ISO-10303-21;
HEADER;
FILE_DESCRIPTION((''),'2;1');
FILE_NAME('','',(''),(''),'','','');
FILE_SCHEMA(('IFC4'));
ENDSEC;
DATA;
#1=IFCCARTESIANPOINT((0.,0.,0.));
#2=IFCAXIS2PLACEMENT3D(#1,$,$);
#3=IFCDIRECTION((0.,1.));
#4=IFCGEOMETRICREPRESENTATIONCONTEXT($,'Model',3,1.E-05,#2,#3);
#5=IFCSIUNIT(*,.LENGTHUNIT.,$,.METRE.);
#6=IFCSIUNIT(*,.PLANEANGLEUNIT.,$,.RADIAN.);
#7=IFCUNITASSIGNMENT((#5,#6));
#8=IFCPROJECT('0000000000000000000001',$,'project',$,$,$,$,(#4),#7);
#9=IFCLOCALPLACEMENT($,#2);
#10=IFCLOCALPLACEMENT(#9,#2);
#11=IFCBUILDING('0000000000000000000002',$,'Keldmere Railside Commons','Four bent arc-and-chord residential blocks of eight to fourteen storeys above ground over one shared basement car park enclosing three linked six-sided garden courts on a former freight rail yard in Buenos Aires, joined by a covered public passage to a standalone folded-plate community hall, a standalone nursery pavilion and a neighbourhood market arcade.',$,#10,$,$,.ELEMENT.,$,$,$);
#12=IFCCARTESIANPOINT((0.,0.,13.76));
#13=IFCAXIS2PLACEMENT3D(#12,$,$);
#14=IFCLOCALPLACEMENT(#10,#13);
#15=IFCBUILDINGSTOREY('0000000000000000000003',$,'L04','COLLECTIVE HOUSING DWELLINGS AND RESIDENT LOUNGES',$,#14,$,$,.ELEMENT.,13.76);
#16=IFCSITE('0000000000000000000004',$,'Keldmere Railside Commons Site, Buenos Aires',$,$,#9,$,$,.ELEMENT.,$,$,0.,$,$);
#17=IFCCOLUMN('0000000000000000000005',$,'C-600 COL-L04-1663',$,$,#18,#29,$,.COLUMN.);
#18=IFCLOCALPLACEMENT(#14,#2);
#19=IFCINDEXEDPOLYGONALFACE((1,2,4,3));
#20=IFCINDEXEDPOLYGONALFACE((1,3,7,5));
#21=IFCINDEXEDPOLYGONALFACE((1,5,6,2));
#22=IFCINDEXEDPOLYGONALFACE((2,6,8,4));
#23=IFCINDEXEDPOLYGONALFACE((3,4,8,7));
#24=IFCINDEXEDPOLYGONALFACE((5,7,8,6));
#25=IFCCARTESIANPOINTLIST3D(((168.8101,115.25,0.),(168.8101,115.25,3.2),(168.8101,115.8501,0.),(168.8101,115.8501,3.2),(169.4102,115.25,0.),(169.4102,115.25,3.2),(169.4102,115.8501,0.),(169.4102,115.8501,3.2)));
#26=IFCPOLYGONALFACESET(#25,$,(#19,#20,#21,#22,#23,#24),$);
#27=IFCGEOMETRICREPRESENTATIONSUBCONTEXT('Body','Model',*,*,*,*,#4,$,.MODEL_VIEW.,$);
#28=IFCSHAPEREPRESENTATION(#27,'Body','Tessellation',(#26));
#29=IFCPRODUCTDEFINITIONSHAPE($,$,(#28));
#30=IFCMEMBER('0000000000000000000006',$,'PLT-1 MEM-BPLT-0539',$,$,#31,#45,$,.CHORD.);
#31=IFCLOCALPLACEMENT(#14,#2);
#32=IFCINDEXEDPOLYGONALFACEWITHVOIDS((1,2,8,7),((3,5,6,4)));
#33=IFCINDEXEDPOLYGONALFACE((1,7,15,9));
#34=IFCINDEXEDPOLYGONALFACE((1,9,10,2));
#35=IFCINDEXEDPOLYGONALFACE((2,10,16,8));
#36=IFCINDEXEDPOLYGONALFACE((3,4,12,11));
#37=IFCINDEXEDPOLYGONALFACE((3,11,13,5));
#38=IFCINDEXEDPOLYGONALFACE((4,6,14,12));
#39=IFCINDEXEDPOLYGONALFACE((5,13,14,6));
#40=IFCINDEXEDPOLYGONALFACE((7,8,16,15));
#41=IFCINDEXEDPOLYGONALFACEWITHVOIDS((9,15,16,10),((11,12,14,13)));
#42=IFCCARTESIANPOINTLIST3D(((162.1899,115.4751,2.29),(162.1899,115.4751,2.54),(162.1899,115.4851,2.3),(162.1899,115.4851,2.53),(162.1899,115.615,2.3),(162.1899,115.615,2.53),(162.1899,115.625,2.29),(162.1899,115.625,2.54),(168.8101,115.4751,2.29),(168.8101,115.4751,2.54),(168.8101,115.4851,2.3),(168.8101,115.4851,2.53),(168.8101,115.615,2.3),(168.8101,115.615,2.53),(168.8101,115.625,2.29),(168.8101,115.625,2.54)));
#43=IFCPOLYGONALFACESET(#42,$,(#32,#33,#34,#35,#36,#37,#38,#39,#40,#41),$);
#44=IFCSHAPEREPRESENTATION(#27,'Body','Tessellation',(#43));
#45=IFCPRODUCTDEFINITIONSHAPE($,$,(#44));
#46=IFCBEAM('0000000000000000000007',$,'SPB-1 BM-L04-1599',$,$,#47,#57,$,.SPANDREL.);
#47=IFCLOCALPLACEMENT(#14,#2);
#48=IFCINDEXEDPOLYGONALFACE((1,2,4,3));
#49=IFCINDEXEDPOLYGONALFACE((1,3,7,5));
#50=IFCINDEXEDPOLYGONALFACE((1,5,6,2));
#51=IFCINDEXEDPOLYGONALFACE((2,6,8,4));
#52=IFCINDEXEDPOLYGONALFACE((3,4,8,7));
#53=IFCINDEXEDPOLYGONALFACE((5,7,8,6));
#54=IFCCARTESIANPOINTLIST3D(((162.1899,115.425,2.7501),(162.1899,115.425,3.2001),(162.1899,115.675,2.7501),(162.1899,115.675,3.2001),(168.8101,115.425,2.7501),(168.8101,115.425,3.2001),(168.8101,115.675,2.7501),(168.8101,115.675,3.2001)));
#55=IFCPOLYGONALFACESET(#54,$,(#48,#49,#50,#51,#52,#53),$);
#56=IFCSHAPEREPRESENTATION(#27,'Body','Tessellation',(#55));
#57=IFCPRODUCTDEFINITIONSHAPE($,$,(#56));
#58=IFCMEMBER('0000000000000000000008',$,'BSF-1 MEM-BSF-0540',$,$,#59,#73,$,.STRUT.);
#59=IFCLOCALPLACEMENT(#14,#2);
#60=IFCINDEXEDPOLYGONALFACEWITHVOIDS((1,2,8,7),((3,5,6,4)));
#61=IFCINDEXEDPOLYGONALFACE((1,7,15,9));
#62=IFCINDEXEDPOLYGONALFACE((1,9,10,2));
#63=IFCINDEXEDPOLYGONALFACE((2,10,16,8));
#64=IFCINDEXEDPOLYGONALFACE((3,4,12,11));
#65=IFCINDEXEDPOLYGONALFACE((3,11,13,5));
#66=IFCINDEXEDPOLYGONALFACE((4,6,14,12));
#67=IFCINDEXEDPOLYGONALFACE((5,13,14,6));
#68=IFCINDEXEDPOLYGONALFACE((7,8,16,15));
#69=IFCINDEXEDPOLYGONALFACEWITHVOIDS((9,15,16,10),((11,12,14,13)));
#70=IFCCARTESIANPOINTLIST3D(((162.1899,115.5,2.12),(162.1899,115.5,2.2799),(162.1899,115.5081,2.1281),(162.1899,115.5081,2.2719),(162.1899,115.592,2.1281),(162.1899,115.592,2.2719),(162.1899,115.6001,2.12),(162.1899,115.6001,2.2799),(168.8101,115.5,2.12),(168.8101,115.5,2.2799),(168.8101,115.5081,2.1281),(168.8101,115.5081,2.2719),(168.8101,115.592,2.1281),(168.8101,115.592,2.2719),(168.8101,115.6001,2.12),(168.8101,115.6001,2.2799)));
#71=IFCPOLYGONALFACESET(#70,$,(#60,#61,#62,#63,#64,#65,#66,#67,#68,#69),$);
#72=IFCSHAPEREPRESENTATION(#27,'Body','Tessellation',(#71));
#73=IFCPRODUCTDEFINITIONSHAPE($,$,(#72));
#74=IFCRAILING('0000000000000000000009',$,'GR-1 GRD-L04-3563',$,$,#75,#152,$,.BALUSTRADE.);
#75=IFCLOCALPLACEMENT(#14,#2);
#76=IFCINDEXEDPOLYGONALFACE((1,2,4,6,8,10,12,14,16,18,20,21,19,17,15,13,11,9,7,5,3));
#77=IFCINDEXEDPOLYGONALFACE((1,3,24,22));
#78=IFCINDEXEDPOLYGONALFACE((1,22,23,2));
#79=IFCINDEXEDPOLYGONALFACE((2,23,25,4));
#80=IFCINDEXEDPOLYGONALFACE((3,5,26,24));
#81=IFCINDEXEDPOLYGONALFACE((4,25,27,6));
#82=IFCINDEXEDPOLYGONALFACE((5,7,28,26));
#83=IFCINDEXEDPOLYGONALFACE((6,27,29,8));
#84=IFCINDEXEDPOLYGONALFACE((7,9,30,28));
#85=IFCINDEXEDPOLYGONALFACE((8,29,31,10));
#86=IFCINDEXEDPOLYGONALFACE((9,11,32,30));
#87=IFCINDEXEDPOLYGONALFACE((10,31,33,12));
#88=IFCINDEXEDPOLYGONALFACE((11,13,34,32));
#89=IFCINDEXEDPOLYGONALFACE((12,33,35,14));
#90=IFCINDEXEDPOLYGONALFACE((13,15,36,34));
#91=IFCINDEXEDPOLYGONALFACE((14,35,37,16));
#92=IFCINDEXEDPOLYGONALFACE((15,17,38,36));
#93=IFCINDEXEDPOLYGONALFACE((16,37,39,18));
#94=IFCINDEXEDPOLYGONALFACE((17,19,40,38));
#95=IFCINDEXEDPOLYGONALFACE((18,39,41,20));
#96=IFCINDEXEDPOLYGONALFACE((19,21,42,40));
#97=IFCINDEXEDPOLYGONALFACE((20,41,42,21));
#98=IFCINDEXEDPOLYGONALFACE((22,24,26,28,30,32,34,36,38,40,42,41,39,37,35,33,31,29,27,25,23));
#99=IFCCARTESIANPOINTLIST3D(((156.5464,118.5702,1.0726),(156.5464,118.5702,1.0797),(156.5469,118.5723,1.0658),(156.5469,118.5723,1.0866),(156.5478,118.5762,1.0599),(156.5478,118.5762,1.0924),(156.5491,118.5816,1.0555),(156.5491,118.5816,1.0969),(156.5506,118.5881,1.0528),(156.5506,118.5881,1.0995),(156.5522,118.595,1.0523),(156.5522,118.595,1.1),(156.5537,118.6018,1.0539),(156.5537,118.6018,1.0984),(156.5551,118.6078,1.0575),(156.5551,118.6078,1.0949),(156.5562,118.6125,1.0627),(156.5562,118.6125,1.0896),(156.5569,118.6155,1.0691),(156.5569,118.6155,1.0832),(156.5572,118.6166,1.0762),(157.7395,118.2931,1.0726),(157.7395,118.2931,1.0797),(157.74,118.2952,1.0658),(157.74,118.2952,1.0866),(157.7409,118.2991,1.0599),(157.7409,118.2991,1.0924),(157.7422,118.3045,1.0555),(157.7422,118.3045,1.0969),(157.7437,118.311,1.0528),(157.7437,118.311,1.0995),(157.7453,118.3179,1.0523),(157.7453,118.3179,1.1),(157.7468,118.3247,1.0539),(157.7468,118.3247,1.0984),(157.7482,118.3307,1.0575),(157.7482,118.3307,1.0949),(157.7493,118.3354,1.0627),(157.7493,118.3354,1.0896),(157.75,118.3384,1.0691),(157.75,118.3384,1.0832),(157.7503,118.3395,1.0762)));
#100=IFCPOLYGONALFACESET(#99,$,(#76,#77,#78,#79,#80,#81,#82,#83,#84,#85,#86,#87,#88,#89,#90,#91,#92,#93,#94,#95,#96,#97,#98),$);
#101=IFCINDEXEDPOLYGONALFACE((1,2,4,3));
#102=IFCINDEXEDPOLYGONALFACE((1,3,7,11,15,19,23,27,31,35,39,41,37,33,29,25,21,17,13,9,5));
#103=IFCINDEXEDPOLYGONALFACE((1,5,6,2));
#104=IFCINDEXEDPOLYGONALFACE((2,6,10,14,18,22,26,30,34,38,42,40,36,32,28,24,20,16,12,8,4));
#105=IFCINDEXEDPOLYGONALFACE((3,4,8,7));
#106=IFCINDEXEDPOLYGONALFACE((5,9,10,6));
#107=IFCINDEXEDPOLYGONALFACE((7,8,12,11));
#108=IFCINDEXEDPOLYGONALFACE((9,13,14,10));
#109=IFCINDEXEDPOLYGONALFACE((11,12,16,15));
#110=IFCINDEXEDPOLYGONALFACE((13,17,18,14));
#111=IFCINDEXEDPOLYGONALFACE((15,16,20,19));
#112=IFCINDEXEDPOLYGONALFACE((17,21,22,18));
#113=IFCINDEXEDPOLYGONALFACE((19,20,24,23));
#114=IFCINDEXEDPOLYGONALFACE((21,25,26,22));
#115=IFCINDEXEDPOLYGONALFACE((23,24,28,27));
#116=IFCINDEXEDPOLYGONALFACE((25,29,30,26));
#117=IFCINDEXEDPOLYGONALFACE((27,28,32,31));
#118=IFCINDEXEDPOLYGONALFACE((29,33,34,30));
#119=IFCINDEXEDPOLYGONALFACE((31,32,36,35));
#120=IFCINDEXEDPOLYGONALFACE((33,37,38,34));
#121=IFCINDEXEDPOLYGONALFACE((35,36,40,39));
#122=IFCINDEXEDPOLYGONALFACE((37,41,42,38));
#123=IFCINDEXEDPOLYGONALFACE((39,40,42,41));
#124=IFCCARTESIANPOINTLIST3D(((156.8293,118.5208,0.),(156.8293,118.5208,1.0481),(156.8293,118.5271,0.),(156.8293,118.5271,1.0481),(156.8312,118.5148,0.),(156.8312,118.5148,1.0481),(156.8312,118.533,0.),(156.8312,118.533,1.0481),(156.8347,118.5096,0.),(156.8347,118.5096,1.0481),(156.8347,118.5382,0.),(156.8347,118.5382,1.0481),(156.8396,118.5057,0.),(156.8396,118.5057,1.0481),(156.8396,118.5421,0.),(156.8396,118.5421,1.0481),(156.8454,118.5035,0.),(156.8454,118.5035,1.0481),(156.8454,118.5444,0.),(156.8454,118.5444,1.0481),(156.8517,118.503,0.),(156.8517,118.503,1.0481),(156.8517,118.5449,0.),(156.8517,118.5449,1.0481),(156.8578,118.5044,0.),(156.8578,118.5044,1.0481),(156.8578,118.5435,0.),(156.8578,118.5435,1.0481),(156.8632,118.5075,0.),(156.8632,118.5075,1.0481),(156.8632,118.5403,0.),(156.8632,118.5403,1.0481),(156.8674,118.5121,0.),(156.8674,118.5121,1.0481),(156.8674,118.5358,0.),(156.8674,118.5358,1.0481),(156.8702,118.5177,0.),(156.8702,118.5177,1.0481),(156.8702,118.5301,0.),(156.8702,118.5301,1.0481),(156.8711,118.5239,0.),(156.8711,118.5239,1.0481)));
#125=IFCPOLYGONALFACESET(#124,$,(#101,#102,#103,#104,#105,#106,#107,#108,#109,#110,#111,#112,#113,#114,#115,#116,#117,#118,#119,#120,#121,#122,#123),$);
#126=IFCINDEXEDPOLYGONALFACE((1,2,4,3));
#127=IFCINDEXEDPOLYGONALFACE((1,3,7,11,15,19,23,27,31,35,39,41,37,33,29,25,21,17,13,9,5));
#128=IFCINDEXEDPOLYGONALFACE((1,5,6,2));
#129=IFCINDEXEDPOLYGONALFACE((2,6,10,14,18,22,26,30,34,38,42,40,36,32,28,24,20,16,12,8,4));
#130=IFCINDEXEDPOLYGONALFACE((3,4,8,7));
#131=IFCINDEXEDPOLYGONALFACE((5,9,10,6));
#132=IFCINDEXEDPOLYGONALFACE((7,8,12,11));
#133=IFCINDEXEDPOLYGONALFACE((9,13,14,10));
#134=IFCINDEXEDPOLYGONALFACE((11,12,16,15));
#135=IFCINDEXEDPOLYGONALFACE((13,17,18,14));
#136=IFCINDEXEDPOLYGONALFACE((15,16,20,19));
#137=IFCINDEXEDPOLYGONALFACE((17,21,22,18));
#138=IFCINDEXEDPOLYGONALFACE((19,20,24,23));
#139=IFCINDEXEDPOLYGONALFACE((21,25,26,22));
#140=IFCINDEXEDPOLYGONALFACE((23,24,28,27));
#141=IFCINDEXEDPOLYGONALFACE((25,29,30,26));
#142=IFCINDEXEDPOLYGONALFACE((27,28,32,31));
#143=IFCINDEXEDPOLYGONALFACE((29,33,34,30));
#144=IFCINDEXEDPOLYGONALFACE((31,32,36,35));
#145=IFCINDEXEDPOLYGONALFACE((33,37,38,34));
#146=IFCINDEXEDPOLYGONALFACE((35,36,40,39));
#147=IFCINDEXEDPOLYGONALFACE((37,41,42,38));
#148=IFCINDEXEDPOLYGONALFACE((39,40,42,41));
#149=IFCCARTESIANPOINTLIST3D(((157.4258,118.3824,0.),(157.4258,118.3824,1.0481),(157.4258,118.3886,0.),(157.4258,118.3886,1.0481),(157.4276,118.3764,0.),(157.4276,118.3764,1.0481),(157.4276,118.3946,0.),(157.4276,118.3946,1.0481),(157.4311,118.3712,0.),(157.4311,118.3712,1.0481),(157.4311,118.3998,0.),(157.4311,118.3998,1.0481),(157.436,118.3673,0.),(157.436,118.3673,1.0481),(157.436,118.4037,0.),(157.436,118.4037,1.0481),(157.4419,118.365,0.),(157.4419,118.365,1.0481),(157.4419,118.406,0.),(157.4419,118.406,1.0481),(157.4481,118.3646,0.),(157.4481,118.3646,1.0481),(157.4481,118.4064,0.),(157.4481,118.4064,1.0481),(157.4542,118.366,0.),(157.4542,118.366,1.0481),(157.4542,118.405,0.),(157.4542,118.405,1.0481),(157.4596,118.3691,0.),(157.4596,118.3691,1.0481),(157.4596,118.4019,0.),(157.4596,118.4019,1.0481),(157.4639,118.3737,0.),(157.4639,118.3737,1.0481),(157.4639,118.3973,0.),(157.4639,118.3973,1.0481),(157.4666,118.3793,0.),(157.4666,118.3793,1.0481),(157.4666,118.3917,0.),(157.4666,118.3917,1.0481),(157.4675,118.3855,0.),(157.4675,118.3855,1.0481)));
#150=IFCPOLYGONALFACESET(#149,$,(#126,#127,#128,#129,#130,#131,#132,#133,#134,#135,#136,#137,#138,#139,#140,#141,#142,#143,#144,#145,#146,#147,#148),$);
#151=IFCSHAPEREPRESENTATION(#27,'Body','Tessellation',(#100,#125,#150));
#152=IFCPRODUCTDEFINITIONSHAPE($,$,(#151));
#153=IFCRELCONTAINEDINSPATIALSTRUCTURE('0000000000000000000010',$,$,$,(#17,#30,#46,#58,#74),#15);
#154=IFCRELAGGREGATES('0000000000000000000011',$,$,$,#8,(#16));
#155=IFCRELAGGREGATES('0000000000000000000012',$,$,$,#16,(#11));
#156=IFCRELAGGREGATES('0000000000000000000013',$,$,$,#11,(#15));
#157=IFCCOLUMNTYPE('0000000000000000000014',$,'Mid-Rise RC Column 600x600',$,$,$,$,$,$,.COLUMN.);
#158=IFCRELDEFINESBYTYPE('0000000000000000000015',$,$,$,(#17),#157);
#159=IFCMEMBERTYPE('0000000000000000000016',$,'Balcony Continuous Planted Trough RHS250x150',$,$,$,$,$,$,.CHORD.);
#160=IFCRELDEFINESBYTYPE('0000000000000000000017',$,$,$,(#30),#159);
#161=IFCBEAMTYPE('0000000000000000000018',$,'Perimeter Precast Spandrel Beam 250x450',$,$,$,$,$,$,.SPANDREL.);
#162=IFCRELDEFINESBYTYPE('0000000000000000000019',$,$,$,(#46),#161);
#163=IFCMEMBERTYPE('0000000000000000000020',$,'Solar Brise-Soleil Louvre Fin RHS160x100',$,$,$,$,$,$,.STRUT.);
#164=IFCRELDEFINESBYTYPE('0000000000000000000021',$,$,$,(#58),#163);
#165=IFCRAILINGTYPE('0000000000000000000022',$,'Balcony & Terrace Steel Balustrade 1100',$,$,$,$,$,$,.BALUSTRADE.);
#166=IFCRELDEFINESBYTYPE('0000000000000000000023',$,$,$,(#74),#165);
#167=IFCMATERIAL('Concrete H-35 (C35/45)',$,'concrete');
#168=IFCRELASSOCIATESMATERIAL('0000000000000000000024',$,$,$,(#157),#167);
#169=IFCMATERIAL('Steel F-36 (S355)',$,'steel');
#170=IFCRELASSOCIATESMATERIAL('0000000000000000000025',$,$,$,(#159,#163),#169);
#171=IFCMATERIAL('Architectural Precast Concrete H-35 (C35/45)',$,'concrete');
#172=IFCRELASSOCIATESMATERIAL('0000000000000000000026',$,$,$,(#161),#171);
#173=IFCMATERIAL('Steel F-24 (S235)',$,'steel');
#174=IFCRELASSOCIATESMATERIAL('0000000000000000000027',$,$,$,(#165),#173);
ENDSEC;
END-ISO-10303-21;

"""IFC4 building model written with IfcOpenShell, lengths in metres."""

from ifc_helpers import new_model, si_unit, direction, frame, origin, origin_2d, place, context, subcontext, project, spatial, rectangle, hollow_rectangle, circle, extrude, material, material_profile, profile_set, type_object, element, save


model = new_model("IFC4")

# Units and contexts
model_context = context("Model", 3, precision=1e-05, world=origin(), true_north=direction((0.0, 1.0)))
body_context = subcontext(model_context, "Body", "Model", "MODEL_VIEW")
ifc_project = project(units=[si_unit("LENGTHUNIT", "METRE"), si_unit("PLANEANGLEUNIT", "RADIAN")], contexts=[model_context])

# Site, building, storey
site_placement = place(None, origin())
site = spatial("IfcSite", under=ifc_project, at=site_placement, Name="Keldmere Railside Commons Site, Buenos Aires", CompositionType="ELEMENT", RefElevation=0.0)
building_placement = place(site_placement, origin())
building = spatial("IfcBuilding", under=site, at=building_placement, Name="Keldmere Railside Commons", Description="Four bent arc-and-chord residential blocks of eight to fourteen storeys above ground over one shared basement car park enclosing three linked six-sided garden courts on a former freight rail yard in Buenos Aires, joined by a covered public passage to a standalone folded-plate community hall, a standalone nursery pavilion and a neighbourhood market arcade.", CompositionType="ELEMENT")
storey_placement = place(building_placement, frame((0.0, 0.0, 13.76)))
storey = spatial("IfcBuildingStorey", under=building, at=storey_placement, Name="L04", Description="COLLECTIVE HOUSING DWELLINGS AND RESIDENT LOUNGES", CompositionType="ELEMENT", Elevation=13.76)

# Column
ifc_material_1 = material(Name="Concrete H-35 (C35/45)", Category="concrete")
ifc_material_profile_1 = material_profile(ifc_material_1, rectangle(XDim=0.6001, YDim=0.6001, at=origin_2d()), Name="RC-600x600")
ifc_profile_set_1 = profile_set([ifc_material_profile_1], Name="Concrete H-35 (C35/45)")
column_type = type_object("IfcColumnType", Name="Mid-Rise RC Column 600x600", PredefinedType="COLUMN", material=ifc_profile_set_1)
column_placement = place(storey_placement, frame((169.1101, 115.55, 0.0), z_axis=(0.0, 0.0, 1.0), x_axis=(1.0, 0.0, 0.0)))
element("IfcColumn", 1, at=column_placement, inside=storey, type_object=column_type, Name="C-600 COL-L04-1663", PredefinedType="COLUMN", context=body_context, shape_type="SweptSolid", body=[
    extrude(rectangle(XDim=0.6001, YDim=0.6001, at=origin_2d()), origin(), (0.0, 0.0, 1.0), 3.2),
])

# Member
ifc_material_2 = material(Name="Steel F-36 (S355)", Category="steel")
ifc_material_profile_2 = material_profile(ifc_material_2, hollow_rectangle(XDim=0.1499, YDim=0.25, WallThickness=0.01, at=origin_2d()), Name="RHS-250x150x10")
ifc_profile_set_2 = profile_set([ifc_material_profile_2], Name="Steel F-36 (S355)")
member_type_1 = type_object("IfcMemberType", Name="Balcony Continuous Planted Trough RHS250x150", PredefinedType="CHORD", material=ifc_profile_set_2)
member_1_placement = place(storey_placement, frame((162.1899, 115.55, 2.415), z_axis=(1.0, 0.0, 0.0), x_axis=(0.0, 1.0, 0.0)))
element("IfcMember", 2, at=member_1_placement, inside=storey, type_object=member_type_1, Name="PLT-1 MEM-BPLT-0539", PredefinedType="CHORD", context=body_context, shape_type="SweptSolid", body=[
    extrude(hollow_rectangle(XDim=0.1499, YDim=0.25, WallThickness=0.01, at=origin_2d()), origin(), (0.0, 0.0, 1.0), 6.6201),
])

# Beam
ifc_material_3 = material(Name="Architectural Precast Concrete H-35 (C35/45)", Category="concrete")
ifc_material_profile_3 = material_profile(ifc_material_3, rectangle(XDim=0.25, YDim=0.45, at=origin_2d()), Name="RC-250x450")
ifc_profile_set_3 = profile_set([ifc_material_profile_3], Name="Architectural Precast Concrete H-35 (C35/45)")
beam_type = type_object("IfcBeamType", Name="Perimeter Precast Spandrel Beam 250x450", PredefinedType="SPANDREL", material=ifc_profile_set_3)
beam_placement = place(storey_placement, frame((162.1899, 115.55, 2.9751), z_axis=(1.0, 0.0, 0.0), x_axis=(0.0, 1.0, 0.0)))
element("IfcBeam", 3, at=beam_placement, inside=storey, type_object=beam_type, Name="SPB-1 BM-L04-1599", PredefinedType="SPANDREL", context=body_context, shape_type="SweptSolid", body=[
    extrude(rectangle(XDim=0.25, YDim=0.45, at=origin_2d()), origin(), (0.0, 0.0, 1.0), 6.6201),
])

# Member
ifc_material_profile_4 = material_profile(ifc_material_2, hollow_rectangle(XDim=0.1001, YDim=0.1599, WallThickness=0.0081, at=origin_2d()), Name="RHS-160x100x8")
ifc_profile_set_4 = profile_set([ifc_material_profile_4], Name="Steel F-36 (S355)")
member_type_2 = type_object("IfcMemberType", Name="Solar Brise-Soleil Louvre Fin RHS160x100", PredefinedType="STRUT", material=ifc_profile_set_4)
member_2_placement = place(storey_placement, frame((162.1899, 115.55, 2.2), z_axis=(1.0, 0.0, 0.0), x_axis=(0.0, 1.0, 0.0)))
element("IfcMember", 4, at=member_2_placement, inside=storey, type_object=member_type_2, Name="BSF-1 MEM-BSF-0540", PredefinedType="STRUT", context=body_context, shape_type="SweptSolid", body=[
    extrude(hollow_rectangle(XDim=0.1001, YDim=0.1599, WallThickness=0.0081, at=origin_2d()), origin(), (0.0, 0.0, 1.0), 6.6201),
])

# Railing
ifc_material_4 = material(Name="Steel F-24 (S235)", Category="steel")
railing_type = type_object("IfcRailingType", Name="Balcony & Terrace Steel Balustrade 1100", PredefinedType="BALUSTRADE", material=ifc_material_4)
railing_1_placement = place(storey_placement, frame((156.5518, 118.5933, 0.0)))
element("IfcRailing", 5, at=railing_1_placement, inside=storey, type_object=railing_type, Name="GR-1 GRD-L04-3563", PredefinedType="BALUSTRADE", context=body_context, shape_type="SweptSolid", body=[
    extrude(circle(Radius=0.0239, at=origin_2d()), frame((0.0, 0.0, 1.0762), z_axis=(0.974074, -0.226228, 0.0), x_axis=(0.226228, 0.974074, 0.0)), (0.0, 0.0, 1.0), 1.2249),
    extrude(circle(Radius=0.021, at=origin_2d()), frame((0.2983, -0.0693, 0.0)), (0.0, 0.0, 1.0), 1.0481),
    extrude(circle(Radius=0.021, at=origin_2d()), frame((0.8948, -0.2078, 0.0)), (0.0, 0.0, 1.0), 1.0481),
])

save(model, "model.ifc")
